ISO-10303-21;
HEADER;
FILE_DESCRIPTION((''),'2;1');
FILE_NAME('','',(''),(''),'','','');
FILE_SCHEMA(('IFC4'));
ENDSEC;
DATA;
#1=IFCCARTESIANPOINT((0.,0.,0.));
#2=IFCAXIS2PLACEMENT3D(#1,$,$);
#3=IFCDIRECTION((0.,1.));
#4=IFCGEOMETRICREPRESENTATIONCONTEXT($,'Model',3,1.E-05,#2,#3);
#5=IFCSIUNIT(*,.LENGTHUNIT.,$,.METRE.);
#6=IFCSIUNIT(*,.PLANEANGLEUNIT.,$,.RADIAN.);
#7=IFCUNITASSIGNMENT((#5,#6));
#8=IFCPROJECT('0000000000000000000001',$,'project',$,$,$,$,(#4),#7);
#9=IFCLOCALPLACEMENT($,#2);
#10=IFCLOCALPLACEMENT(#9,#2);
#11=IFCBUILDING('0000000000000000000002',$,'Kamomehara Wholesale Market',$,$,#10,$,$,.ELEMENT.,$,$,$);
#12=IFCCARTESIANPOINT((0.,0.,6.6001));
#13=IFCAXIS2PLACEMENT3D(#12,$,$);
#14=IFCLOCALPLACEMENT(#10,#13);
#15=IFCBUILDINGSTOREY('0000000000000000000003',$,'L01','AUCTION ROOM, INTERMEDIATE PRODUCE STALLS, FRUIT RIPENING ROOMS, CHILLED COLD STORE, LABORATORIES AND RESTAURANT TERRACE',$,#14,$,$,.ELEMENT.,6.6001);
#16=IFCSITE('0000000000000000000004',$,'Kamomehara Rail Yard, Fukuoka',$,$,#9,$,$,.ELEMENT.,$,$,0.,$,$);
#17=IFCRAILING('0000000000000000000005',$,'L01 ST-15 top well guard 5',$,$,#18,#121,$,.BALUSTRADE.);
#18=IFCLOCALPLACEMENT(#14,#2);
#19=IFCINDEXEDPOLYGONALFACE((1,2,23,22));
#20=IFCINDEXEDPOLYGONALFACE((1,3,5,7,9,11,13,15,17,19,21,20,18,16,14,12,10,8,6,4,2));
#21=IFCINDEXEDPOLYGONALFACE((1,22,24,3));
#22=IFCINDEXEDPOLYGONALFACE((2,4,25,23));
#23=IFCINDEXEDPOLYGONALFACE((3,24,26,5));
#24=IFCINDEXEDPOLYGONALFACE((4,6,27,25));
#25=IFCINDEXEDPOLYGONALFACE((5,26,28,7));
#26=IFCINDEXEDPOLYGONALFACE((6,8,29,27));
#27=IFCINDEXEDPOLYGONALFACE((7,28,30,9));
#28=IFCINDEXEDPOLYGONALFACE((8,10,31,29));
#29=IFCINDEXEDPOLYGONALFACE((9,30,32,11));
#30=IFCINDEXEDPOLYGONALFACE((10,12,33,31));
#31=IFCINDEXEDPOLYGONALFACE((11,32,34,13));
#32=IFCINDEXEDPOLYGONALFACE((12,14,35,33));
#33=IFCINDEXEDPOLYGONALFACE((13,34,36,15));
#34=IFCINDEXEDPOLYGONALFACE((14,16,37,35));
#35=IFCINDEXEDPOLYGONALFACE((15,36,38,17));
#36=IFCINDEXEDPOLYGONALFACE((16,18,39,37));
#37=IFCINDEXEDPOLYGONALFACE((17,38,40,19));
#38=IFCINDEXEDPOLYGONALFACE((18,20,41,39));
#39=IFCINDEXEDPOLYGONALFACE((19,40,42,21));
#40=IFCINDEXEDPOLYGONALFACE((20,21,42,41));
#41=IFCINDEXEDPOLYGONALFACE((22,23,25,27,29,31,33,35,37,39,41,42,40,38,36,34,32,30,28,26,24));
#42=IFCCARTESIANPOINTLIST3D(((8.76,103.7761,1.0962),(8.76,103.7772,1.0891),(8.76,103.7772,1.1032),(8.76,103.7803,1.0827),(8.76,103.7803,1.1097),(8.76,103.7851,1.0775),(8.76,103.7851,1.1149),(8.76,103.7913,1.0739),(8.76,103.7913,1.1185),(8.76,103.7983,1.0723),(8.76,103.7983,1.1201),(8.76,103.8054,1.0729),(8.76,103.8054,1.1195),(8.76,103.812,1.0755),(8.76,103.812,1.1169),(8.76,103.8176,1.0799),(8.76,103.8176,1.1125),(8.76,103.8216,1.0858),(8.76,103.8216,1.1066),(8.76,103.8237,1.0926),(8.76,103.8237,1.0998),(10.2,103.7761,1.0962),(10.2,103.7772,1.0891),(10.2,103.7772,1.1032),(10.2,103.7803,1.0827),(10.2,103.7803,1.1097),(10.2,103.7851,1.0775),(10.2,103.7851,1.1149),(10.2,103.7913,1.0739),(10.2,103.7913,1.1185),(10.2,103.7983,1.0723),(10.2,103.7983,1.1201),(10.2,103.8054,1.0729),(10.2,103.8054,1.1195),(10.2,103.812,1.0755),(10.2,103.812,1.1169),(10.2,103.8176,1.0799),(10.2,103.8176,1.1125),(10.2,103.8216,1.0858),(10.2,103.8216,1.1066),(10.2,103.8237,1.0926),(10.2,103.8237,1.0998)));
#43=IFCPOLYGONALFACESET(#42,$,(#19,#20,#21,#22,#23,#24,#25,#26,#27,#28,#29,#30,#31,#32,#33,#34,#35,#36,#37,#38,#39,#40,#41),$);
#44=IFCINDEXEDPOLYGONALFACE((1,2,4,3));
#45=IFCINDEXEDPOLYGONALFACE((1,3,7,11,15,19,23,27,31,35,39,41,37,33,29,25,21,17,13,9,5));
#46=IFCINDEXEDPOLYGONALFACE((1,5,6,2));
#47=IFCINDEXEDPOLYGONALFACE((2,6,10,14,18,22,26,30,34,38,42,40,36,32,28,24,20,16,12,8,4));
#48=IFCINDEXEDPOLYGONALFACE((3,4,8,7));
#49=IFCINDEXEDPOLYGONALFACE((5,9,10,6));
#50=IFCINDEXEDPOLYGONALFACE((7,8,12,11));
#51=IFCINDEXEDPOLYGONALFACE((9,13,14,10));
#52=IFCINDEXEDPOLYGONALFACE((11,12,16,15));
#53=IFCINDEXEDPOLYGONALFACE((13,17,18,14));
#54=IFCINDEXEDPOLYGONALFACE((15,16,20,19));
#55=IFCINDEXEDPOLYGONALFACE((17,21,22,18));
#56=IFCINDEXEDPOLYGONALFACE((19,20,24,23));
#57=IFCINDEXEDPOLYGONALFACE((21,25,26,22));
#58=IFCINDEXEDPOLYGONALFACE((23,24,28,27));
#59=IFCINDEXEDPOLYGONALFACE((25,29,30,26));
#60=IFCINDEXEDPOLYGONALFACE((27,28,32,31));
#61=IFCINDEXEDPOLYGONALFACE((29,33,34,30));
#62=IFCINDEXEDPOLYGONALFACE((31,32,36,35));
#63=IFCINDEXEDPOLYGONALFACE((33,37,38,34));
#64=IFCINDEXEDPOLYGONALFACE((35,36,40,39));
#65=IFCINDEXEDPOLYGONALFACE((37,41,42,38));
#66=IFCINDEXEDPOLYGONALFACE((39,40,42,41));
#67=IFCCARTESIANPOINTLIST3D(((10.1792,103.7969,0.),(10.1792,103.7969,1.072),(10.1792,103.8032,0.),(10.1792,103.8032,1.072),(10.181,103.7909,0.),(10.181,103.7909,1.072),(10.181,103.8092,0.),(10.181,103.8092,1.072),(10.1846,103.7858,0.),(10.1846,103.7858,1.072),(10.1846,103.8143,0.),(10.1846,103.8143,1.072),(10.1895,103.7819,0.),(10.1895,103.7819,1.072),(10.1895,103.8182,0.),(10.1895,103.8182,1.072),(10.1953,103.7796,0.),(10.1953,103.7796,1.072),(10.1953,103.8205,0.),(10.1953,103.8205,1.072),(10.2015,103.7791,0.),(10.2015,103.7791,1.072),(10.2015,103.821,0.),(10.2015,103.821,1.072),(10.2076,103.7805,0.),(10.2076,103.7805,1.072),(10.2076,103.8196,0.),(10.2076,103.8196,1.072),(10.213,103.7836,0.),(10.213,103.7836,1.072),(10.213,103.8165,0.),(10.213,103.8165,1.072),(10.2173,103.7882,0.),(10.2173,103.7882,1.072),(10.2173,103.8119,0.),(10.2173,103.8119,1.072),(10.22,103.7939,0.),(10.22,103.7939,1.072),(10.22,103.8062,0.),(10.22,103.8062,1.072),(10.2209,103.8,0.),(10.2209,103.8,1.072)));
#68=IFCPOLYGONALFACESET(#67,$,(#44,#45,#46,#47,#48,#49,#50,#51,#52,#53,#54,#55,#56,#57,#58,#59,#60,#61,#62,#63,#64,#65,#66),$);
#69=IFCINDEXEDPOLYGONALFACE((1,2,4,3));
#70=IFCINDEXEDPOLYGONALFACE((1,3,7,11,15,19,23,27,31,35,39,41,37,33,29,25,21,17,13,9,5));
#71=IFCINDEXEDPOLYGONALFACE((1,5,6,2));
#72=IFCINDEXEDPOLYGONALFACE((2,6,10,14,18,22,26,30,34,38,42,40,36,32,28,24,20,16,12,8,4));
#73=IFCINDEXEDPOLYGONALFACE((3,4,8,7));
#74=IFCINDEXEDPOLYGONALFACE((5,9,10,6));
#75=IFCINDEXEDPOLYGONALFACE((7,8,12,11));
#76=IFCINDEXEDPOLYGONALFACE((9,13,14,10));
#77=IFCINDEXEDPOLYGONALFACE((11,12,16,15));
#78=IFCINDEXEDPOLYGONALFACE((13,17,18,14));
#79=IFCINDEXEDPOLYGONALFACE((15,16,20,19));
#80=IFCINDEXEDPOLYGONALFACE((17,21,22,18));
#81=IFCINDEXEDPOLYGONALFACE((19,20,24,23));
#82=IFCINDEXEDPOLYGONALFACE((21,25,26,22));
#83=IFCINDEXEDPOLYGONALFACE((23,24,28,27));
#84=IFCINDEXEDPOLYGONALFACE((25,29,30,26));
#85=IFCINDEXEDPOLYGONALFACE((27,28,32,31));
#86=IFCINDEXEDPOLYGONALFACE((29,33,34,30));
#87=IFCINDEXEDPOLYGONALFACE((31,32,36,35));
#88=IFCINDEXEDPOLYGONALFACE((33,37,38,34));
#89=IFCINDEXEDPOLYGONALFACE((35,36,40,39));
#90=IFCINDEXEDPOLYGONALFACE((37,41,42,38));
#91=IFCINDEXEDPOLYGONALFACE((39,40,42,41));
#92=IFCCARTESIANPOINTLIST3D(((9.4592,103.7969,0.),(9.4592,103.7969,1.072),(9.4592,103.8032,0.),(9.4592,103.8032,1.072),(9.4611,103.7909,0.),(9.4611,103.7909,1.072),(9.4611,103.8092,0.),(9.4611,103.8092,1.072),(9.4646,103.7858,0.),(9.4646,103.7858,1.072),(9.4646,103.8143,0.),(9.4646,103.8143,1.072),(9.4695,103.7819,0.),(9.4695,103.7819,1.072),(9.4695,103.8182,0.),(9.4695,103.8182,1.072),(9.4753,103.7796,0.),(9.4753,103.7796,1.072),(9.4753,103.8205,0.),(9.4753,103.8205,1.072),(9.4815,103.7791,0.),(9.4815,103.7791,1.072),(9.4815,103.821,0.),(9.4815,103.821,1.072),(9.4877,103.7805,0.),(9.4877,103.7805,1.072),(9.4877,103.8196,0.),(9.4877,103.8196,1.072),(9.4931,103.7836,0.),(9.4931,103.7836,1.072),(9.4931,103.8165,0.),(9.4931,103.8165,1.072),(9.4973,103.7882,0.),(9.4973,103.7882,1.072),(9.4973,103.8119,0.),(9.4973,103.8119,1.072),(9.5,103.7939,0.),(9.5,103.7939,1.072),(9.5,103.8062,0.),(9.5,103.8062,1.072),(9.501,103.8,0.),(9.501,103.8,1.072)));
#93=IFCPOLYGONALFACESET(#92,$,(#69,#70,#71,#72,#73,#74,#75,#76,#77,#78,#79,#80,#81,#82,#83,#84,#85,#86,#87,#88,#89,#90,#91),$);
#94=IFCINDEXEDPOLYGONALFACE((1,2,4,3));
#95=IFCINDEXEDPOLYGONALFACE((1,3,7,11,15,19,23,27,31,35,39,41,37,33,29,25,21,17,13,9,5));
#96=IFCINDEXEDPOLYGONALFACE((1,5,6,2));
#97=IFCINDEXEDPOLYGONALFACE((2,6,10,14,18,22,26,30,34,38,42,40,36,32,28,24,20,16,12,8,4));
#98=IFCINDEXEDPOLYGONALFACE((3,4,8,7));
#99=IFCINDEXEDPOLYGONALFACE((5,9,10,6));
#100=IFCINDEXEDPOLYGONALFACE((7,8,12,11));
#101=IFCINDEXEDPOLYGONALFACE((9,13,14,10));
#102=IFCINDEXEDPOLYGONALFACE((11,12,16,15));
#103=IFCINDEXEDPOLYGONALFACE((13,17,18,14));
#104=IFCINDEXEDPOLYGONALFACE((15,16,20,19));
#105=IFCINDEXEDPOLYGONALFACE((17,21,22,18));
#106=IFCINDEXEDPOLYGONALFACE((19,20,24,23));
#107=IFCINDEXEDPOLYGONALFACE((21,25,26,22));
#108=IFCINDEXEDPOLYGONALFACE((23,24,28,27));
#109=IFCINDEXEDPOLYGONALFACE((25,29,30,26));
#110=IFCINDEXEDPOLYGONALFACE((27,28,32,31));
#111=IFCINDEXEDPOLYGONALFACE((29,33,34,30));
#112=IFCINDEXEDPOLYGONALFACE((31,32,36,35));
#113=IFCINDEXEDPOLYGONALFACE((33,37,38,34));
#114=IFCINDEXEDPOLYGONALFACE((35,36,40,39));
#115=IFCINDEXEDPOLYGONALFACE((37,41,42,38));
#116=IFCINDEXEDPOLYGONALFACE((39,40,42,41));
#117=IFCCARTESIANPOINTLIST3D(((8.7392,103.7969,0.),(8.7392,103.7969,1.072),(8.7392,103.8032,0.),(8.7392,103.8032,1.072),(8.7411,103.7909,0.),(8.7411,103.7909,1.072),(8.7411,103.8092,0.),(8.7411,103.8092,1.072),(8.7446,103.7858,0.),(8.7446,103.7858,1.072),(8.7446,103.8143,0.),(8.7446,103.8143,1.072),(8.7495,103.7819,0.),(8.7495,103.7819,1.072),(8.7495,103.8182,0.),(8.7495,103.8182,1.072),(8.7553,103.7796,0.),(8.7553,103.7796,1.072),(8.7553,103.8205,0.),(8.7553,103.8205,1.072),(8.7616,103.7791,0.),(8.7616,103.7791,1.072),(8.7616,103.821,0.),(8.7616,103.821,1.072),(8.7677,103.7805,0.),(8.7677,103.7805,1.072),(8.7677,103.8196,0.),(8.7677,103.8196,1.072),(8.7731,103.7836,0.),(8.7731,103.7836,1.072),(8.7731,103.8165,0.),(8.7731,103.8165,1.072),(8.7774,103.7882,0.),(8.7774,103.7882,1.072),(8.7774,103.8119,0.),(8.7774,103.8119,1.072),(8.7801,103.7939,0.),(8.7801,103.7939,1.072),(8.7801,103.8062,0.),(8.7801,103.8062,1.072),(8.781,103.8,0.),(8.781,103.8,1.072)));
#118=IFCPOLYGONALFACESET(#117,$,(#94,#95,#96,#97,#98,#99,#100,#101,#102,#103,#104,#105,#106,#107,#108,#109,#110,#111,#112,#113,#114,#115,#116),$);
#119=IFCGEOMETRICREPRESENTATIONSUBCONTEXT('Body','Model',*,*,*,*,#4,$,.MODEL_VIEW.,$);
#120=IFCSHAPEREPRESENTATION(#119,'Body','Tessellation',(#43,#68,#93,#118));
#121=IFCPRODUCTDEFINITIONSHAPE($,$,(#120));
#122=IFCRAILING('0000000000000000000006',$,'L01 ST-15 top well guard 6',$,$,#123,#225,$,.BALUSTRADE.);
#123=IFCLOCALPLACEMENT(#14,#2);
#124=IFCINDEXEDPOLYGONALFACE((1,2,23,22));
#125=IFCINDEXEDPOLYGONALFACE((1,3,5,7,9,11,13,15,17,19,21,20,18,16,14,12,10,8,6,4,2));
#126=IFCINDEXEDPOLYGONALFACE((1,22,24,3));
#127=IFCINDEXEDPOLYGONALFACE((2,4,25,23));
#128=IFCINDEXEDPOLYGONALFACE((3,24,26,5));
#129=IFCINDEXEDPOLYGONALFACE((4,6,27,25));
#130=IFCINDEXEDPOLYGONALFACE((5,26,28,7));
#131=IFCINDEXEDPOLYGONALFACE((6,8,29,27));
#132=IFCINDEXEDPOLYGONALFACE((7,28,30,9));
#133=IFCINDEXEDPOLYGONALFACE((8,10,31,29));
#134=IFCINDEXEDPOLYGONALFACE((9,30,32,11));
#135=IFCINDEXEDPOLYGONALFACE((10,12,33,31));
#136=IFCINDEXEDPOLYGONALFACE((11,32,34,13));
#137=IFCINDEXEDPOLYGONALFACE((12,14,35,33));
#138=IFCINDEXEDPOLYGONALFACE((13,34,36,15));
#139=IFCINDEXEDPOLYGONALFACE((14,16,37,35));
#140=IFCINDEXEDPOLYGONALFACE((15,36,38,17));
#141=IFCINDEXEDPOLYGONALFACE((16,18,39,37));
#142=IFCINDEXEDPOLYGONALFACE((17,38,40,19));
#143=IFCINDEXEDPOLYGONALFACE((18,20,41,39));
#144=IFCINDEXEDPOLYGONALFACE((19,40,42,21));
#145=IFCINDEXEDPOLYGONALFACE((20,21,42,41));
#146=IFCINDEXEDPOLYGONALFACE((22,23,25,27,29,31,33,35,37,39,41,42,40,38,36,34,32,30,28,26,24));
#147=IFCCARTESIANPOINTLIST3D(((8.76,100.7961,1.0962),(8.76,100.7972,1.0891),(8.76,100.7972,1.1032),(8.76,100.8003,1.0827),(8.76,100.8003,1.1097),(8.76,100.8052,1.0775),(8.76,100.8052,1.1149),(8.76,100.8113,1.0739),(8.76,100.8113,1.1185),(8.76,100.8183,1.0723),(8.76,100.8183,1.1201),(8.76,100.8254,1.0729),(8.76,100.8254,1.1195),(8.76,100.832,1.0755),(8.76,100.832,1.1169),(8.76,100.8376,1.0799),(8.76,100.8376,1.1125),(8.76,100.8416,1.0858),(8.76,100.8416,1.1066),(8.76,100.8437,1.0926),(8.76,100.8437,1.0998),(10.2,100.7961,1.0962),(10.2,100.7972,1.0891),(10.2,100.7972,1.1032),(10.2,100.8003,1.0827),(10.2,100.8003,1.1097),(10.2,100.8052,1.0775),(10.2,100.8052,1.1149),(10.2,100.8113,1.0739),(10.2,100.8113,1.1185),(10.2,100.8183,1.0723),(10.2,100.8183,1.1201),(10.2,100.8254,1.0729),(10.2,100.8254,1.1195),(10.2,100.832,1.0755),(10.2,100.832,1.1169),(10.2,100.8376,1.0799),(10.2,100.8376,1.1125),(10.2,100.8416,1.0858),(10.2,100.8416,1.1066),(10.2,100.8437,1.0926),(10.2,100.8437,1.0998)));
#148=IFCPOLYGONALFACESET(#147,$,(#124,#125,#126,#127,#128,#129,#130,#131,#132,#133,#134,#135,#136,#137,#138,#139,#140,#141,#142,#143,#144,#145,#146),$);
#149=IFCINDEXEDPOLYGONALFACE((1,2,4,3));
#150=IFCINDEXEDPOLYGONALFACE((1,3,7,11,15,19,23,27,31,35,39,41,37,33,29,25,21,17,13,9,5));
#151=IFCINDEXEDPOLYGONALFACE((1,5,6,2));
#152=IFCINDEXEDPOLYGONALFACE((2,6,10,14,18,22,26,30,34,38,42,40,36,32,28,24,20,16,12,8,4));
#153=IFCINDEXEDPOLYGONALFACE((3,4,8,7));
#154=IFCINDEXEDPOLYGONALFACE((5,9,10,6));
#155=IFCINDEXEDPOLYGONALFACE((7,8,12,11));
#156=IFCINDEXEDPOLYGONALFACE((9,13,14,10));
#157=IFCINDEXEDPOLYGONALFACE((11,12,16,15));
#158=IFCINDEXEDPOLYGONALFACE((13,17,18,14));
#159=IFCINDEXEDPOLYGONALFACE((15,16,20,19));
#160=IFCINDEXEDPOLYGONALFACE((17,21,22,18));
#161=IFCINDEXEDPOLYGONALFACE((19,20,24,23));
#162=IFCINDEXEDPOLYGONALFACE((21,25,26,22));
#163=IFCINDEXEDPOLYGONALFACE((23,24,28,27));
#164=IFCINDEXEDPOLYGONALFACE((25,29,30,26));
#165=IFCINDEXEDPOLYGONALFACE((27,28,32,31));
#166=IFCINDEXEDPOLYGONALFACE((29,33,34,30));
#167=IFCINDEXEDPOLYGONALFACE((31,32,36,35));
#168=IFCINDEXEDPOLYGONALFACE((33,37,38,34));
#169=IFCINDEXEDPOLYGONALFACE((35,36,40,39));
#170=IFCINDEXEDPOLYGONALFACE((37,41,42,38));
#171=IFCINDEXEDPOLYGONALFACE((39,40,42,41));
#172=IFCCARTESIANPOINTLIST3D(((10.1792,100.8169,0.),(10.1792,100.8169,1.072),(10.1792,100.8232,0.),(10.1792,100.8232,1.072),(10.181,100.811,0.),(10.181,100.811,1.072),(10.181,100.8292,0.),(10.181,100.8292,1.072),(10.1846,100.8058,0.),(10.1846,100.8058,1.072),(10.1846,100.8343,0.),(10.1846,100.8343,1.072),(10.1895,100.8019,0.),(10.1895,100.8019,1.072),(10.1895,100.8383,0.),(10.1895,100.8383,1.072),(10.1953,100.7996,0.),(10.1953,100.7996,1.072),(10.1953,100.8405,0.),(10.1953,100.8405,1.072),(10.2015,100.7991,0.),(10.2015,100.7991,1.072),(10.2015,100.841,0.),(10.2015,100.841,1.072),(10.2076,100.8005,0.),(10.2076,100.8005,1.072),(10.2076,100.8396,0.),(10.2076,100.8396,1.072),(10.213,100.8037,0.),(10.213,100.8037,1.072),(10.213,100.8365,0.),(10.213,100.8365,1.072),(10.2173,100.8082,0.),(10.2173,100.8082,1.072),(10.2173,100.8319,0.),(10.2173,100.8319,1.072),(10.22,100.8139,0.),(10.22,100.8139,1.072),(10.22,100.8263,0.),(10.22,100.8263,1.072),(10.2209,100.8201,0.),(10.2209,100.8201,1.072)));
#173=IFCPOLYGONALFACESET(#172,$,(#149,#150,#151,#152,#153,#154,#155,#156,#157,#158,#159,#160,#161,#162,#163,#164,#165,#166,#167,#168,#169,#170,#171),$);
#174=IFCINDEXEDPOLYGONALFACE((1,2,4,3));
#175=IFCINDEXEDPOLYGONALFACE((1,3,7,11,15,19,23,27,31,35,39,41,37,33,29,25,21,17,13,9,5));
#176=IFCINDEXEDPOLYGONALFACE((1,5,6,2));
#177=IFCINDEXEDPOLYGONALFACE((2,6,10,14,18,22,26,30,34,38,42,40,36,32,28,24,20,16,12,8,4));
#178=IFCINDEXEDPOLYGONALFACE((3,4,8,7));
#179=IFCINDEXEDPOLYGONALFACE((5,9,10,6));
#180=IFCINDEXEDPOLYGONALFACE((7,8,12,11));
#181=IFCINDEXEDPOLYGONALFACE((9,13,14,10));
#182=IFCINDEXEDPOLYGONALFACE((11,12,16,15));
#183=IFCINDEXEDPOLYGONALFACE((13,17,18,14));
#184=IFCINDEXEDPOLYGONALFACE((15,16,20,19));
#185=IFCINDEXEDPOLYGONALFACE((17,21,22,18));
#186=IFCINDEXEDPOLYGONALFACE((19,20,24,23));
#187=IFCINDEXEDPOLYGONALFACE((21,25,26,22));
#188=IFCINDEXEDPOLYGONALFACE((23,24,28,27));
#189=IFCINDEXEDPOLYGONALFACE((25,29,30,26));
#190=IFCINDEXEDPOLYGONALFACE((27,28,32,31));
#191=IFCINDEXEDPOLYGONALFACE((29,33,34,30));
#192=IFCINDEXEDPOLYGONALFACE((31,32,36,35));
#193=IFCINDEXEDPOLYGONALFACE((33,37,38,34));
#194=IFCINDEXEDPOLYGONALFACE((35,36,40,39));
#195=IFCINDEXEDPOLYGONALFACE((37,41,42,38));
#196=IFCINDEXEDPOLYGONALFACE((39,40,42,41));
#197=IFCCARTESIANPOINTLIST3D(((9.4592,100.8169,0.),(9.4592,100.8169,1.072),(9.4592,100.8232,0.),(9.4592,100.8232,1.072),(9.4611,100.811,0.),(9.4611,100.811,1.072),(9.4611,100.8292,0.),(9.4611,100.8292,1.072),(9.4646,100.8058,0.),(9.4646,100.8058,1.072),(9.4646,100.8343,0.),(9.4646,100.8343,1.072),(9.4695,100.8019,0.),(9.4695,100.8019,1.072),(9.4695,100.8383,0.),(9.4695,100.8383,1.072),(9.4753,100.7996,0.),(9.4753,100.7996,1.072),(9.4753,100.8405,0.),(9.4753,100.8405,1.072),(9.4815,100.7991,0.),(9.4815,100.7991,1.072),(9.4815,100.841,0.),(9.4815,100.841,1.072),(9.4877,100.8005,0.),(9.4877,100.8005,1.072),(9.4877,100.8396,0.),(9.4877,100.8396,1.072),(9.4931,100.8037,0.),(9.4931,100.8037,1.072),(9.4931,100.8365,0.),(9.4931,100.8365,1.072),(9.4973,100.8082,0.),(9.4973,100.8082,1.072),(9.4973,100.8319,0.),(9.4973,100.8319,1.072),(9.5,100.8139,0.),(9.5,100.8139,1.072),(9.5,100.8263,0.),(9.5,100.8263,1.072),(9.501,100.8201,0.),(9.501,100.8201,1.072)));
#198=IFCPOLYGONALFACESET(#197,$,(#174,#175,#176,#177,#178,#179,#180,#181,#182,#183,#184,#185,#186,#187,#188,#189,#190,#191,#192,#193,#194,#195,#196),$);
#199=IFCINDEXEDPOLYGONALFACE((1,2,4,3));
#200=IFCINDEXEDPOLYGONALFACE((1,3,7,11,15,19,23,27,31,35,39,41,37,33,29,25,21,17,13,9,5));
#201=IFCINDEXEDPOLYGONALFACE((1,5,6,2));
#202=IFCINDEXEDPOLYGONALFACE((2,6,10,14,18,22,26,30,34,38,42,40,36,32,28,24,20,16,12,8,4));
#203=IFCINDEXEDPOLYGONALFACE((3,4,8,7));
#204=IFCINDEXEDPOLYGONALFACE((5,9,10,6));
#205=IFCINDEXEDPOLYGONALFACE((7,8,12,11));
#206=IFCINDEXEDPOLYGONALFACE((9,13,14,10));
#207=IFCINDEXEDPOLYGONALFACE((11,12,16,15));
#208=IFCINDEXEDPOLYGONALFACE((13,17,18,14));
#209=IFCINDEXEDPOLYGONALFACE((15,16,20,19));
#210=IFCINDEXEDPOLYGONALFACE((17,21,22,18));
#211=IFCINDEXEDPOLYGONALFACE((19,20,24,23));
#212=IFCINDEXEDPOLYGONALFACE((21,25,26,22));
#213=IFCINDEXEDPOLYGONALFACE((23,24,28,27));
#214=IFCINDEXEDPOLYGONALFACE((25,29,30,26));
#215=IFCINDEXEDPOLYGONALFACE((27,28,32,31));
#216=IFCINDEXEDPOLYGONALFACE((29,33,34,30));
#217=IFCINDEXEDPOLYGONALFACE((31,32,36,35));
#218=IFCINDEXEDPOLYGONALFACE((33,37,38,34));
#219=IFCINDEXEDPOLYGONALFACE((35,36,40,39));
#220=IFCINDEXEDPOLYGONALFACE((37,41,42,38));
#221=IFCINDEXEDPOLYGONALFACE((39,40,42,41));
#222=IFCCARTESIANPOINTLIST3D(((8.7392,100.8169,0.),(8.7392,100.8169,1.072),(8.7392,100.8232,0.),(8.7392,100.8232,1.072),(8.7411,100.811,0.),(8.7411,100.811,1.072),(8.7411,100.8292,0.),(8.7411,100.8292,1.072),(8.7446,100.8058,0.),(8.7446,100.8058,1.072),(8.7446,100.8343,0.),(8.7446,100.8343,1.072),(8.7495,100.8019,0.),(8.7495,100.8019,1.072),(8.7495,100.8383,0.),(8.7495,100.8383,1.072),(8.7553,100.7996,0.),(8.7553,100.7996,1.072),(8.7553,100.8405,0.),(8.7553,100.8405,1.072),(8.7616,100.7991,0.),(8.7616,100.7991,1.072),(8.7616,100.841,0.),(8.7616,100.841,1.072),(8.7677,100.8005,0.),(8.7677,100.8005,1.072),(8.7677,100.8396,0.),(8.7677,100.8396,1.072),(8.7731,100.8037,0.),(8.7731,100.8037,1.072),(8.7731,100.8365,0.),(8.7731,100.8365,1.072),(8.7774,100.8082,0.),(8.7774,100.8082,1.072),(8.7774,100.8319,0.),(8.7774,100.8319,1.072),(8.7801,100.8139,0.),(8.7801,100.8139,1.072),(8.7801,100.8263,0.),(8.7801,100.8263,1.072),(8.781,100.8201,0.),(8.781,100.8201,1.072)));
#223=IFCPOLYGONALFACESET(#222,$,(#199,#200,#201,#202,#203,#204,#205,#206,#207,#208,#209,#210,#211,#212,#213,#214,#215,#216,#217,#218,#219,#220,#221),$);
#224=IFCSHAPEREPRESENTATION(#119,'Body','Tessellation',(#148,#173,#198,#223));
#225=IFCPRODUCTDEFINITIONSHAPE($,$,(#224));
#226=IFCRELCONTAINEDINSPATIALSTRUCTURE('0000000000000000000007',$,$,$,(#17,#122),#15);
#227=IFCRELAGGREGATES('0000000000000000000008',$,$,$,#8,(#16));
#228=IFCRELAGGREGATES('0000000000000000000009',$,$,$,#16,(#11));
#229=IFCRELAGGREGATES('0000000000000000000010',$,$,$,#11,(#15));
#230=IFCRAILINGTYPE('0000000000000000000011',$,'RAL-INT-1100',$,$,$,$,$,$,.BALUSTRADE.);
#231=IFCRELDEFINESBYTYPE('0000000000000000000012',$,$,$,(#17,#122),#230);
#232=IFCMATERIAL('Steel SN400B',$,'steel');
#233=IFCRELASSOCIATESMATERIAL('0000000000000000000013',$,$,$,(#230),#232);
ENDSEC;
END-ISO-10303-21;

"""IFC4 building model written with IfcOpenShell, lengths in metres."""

from ifc_helpers import new_model, si_unit, direction, frame, origin, origin_2d, place, context, subcontext, project, spatial, circle, extrude, material, type_object, element, save


model = new_model("IFC4")

# Units and contexts
model_context = context("Model", 3, precision=1e-05, world=origin(), true_north=direction((0.0, 1.0)))
body_context = subcontext(model_context, "Body", "Model", "MODEL_VIEW")
ifc_project = project(units=[si_unit("LENGTHUNIT", "METRE"), si_unit("PLANEANGLEUNIT", "RADIAN")], contexts=[model_context])

# Site, building, storey
site_placement = place(None, origin())
site = spatial("IfcSite", under=ifc_project, at=site_placement, Name="Kamomehara Rail Yard, Fukuoka", CompositionType="ELEMENT", RefElevation=0.0)
building_placement = place(site_placement, origin())
building = spatial("IfcBuilding", under=site, at=building_placement, Name="Kamomehara Wholesale Market", CompositionType="ELEMENT")
storey_placement = place(building_placement, frame((0.0, 0.0, 6.6001)))
storey = spatial("IfcBuildingStorey", under=building, at=storey_placement, Name="L01", Description="AUCTION ROOM, INTERMEDIATE PRODUCE STALLS, FRUIT RIPENING ROOMS, CHILLED COLD STORE, LABORATORIES AND RESTAURANT TERRACE", CompositionType="ELEMENT", Elevation=6.6001)

# Railings
ifc_material_1 = material(Name="Steel SN400B", Category="steel")
railing_type = type_object("IfcRailingType", Name="RAL-INT-1100", PredefinedType="BALUSTRADE", material=ifc_material_1)
for number, where, name in (
    (1, (10.2, 103.8, 0.0), "L01 ST-15 top well guard 5"),
    (2, (10.2, 100.8201, 0.0), "L01 ST-15 top well guard 6"),
):
    element("IfcRailing", number, at=place(storey_placement, frame(where)), inside=storey, type_object=railing_type, Name=name, PredefinedType="BALUSTRADE", context=body_context, shape_type="SweptSolid", body=[
        extrude(circle(Radius=0.0239, at=origin_2d()), frame((0.0, 0.0, 1.0962), z_axis=(-1.0, 0.0, 0.0), x_axis=(0.0, -1.0, 0.0)), (0.0, 0.0, 1.0), 1.4399),
        extrude(circle(Radius=0.021, at=origin_2d()), origin(), (0.0, 0.0, 1.0), 1.072),
        extrude(circle(Radius=0.021, at=origin_2d()), frame((-0.72, 0.0, 0.0)), (0.0, 0.0, 1.0), 1.072),
        extrude(circle(Radius=0.021, at=origin_2d()), frame((-1.4399, 0.0, 0.0)), (0.0, 0.0, 1.0), 1.072),
    ])

save(model, "model.ifc")
